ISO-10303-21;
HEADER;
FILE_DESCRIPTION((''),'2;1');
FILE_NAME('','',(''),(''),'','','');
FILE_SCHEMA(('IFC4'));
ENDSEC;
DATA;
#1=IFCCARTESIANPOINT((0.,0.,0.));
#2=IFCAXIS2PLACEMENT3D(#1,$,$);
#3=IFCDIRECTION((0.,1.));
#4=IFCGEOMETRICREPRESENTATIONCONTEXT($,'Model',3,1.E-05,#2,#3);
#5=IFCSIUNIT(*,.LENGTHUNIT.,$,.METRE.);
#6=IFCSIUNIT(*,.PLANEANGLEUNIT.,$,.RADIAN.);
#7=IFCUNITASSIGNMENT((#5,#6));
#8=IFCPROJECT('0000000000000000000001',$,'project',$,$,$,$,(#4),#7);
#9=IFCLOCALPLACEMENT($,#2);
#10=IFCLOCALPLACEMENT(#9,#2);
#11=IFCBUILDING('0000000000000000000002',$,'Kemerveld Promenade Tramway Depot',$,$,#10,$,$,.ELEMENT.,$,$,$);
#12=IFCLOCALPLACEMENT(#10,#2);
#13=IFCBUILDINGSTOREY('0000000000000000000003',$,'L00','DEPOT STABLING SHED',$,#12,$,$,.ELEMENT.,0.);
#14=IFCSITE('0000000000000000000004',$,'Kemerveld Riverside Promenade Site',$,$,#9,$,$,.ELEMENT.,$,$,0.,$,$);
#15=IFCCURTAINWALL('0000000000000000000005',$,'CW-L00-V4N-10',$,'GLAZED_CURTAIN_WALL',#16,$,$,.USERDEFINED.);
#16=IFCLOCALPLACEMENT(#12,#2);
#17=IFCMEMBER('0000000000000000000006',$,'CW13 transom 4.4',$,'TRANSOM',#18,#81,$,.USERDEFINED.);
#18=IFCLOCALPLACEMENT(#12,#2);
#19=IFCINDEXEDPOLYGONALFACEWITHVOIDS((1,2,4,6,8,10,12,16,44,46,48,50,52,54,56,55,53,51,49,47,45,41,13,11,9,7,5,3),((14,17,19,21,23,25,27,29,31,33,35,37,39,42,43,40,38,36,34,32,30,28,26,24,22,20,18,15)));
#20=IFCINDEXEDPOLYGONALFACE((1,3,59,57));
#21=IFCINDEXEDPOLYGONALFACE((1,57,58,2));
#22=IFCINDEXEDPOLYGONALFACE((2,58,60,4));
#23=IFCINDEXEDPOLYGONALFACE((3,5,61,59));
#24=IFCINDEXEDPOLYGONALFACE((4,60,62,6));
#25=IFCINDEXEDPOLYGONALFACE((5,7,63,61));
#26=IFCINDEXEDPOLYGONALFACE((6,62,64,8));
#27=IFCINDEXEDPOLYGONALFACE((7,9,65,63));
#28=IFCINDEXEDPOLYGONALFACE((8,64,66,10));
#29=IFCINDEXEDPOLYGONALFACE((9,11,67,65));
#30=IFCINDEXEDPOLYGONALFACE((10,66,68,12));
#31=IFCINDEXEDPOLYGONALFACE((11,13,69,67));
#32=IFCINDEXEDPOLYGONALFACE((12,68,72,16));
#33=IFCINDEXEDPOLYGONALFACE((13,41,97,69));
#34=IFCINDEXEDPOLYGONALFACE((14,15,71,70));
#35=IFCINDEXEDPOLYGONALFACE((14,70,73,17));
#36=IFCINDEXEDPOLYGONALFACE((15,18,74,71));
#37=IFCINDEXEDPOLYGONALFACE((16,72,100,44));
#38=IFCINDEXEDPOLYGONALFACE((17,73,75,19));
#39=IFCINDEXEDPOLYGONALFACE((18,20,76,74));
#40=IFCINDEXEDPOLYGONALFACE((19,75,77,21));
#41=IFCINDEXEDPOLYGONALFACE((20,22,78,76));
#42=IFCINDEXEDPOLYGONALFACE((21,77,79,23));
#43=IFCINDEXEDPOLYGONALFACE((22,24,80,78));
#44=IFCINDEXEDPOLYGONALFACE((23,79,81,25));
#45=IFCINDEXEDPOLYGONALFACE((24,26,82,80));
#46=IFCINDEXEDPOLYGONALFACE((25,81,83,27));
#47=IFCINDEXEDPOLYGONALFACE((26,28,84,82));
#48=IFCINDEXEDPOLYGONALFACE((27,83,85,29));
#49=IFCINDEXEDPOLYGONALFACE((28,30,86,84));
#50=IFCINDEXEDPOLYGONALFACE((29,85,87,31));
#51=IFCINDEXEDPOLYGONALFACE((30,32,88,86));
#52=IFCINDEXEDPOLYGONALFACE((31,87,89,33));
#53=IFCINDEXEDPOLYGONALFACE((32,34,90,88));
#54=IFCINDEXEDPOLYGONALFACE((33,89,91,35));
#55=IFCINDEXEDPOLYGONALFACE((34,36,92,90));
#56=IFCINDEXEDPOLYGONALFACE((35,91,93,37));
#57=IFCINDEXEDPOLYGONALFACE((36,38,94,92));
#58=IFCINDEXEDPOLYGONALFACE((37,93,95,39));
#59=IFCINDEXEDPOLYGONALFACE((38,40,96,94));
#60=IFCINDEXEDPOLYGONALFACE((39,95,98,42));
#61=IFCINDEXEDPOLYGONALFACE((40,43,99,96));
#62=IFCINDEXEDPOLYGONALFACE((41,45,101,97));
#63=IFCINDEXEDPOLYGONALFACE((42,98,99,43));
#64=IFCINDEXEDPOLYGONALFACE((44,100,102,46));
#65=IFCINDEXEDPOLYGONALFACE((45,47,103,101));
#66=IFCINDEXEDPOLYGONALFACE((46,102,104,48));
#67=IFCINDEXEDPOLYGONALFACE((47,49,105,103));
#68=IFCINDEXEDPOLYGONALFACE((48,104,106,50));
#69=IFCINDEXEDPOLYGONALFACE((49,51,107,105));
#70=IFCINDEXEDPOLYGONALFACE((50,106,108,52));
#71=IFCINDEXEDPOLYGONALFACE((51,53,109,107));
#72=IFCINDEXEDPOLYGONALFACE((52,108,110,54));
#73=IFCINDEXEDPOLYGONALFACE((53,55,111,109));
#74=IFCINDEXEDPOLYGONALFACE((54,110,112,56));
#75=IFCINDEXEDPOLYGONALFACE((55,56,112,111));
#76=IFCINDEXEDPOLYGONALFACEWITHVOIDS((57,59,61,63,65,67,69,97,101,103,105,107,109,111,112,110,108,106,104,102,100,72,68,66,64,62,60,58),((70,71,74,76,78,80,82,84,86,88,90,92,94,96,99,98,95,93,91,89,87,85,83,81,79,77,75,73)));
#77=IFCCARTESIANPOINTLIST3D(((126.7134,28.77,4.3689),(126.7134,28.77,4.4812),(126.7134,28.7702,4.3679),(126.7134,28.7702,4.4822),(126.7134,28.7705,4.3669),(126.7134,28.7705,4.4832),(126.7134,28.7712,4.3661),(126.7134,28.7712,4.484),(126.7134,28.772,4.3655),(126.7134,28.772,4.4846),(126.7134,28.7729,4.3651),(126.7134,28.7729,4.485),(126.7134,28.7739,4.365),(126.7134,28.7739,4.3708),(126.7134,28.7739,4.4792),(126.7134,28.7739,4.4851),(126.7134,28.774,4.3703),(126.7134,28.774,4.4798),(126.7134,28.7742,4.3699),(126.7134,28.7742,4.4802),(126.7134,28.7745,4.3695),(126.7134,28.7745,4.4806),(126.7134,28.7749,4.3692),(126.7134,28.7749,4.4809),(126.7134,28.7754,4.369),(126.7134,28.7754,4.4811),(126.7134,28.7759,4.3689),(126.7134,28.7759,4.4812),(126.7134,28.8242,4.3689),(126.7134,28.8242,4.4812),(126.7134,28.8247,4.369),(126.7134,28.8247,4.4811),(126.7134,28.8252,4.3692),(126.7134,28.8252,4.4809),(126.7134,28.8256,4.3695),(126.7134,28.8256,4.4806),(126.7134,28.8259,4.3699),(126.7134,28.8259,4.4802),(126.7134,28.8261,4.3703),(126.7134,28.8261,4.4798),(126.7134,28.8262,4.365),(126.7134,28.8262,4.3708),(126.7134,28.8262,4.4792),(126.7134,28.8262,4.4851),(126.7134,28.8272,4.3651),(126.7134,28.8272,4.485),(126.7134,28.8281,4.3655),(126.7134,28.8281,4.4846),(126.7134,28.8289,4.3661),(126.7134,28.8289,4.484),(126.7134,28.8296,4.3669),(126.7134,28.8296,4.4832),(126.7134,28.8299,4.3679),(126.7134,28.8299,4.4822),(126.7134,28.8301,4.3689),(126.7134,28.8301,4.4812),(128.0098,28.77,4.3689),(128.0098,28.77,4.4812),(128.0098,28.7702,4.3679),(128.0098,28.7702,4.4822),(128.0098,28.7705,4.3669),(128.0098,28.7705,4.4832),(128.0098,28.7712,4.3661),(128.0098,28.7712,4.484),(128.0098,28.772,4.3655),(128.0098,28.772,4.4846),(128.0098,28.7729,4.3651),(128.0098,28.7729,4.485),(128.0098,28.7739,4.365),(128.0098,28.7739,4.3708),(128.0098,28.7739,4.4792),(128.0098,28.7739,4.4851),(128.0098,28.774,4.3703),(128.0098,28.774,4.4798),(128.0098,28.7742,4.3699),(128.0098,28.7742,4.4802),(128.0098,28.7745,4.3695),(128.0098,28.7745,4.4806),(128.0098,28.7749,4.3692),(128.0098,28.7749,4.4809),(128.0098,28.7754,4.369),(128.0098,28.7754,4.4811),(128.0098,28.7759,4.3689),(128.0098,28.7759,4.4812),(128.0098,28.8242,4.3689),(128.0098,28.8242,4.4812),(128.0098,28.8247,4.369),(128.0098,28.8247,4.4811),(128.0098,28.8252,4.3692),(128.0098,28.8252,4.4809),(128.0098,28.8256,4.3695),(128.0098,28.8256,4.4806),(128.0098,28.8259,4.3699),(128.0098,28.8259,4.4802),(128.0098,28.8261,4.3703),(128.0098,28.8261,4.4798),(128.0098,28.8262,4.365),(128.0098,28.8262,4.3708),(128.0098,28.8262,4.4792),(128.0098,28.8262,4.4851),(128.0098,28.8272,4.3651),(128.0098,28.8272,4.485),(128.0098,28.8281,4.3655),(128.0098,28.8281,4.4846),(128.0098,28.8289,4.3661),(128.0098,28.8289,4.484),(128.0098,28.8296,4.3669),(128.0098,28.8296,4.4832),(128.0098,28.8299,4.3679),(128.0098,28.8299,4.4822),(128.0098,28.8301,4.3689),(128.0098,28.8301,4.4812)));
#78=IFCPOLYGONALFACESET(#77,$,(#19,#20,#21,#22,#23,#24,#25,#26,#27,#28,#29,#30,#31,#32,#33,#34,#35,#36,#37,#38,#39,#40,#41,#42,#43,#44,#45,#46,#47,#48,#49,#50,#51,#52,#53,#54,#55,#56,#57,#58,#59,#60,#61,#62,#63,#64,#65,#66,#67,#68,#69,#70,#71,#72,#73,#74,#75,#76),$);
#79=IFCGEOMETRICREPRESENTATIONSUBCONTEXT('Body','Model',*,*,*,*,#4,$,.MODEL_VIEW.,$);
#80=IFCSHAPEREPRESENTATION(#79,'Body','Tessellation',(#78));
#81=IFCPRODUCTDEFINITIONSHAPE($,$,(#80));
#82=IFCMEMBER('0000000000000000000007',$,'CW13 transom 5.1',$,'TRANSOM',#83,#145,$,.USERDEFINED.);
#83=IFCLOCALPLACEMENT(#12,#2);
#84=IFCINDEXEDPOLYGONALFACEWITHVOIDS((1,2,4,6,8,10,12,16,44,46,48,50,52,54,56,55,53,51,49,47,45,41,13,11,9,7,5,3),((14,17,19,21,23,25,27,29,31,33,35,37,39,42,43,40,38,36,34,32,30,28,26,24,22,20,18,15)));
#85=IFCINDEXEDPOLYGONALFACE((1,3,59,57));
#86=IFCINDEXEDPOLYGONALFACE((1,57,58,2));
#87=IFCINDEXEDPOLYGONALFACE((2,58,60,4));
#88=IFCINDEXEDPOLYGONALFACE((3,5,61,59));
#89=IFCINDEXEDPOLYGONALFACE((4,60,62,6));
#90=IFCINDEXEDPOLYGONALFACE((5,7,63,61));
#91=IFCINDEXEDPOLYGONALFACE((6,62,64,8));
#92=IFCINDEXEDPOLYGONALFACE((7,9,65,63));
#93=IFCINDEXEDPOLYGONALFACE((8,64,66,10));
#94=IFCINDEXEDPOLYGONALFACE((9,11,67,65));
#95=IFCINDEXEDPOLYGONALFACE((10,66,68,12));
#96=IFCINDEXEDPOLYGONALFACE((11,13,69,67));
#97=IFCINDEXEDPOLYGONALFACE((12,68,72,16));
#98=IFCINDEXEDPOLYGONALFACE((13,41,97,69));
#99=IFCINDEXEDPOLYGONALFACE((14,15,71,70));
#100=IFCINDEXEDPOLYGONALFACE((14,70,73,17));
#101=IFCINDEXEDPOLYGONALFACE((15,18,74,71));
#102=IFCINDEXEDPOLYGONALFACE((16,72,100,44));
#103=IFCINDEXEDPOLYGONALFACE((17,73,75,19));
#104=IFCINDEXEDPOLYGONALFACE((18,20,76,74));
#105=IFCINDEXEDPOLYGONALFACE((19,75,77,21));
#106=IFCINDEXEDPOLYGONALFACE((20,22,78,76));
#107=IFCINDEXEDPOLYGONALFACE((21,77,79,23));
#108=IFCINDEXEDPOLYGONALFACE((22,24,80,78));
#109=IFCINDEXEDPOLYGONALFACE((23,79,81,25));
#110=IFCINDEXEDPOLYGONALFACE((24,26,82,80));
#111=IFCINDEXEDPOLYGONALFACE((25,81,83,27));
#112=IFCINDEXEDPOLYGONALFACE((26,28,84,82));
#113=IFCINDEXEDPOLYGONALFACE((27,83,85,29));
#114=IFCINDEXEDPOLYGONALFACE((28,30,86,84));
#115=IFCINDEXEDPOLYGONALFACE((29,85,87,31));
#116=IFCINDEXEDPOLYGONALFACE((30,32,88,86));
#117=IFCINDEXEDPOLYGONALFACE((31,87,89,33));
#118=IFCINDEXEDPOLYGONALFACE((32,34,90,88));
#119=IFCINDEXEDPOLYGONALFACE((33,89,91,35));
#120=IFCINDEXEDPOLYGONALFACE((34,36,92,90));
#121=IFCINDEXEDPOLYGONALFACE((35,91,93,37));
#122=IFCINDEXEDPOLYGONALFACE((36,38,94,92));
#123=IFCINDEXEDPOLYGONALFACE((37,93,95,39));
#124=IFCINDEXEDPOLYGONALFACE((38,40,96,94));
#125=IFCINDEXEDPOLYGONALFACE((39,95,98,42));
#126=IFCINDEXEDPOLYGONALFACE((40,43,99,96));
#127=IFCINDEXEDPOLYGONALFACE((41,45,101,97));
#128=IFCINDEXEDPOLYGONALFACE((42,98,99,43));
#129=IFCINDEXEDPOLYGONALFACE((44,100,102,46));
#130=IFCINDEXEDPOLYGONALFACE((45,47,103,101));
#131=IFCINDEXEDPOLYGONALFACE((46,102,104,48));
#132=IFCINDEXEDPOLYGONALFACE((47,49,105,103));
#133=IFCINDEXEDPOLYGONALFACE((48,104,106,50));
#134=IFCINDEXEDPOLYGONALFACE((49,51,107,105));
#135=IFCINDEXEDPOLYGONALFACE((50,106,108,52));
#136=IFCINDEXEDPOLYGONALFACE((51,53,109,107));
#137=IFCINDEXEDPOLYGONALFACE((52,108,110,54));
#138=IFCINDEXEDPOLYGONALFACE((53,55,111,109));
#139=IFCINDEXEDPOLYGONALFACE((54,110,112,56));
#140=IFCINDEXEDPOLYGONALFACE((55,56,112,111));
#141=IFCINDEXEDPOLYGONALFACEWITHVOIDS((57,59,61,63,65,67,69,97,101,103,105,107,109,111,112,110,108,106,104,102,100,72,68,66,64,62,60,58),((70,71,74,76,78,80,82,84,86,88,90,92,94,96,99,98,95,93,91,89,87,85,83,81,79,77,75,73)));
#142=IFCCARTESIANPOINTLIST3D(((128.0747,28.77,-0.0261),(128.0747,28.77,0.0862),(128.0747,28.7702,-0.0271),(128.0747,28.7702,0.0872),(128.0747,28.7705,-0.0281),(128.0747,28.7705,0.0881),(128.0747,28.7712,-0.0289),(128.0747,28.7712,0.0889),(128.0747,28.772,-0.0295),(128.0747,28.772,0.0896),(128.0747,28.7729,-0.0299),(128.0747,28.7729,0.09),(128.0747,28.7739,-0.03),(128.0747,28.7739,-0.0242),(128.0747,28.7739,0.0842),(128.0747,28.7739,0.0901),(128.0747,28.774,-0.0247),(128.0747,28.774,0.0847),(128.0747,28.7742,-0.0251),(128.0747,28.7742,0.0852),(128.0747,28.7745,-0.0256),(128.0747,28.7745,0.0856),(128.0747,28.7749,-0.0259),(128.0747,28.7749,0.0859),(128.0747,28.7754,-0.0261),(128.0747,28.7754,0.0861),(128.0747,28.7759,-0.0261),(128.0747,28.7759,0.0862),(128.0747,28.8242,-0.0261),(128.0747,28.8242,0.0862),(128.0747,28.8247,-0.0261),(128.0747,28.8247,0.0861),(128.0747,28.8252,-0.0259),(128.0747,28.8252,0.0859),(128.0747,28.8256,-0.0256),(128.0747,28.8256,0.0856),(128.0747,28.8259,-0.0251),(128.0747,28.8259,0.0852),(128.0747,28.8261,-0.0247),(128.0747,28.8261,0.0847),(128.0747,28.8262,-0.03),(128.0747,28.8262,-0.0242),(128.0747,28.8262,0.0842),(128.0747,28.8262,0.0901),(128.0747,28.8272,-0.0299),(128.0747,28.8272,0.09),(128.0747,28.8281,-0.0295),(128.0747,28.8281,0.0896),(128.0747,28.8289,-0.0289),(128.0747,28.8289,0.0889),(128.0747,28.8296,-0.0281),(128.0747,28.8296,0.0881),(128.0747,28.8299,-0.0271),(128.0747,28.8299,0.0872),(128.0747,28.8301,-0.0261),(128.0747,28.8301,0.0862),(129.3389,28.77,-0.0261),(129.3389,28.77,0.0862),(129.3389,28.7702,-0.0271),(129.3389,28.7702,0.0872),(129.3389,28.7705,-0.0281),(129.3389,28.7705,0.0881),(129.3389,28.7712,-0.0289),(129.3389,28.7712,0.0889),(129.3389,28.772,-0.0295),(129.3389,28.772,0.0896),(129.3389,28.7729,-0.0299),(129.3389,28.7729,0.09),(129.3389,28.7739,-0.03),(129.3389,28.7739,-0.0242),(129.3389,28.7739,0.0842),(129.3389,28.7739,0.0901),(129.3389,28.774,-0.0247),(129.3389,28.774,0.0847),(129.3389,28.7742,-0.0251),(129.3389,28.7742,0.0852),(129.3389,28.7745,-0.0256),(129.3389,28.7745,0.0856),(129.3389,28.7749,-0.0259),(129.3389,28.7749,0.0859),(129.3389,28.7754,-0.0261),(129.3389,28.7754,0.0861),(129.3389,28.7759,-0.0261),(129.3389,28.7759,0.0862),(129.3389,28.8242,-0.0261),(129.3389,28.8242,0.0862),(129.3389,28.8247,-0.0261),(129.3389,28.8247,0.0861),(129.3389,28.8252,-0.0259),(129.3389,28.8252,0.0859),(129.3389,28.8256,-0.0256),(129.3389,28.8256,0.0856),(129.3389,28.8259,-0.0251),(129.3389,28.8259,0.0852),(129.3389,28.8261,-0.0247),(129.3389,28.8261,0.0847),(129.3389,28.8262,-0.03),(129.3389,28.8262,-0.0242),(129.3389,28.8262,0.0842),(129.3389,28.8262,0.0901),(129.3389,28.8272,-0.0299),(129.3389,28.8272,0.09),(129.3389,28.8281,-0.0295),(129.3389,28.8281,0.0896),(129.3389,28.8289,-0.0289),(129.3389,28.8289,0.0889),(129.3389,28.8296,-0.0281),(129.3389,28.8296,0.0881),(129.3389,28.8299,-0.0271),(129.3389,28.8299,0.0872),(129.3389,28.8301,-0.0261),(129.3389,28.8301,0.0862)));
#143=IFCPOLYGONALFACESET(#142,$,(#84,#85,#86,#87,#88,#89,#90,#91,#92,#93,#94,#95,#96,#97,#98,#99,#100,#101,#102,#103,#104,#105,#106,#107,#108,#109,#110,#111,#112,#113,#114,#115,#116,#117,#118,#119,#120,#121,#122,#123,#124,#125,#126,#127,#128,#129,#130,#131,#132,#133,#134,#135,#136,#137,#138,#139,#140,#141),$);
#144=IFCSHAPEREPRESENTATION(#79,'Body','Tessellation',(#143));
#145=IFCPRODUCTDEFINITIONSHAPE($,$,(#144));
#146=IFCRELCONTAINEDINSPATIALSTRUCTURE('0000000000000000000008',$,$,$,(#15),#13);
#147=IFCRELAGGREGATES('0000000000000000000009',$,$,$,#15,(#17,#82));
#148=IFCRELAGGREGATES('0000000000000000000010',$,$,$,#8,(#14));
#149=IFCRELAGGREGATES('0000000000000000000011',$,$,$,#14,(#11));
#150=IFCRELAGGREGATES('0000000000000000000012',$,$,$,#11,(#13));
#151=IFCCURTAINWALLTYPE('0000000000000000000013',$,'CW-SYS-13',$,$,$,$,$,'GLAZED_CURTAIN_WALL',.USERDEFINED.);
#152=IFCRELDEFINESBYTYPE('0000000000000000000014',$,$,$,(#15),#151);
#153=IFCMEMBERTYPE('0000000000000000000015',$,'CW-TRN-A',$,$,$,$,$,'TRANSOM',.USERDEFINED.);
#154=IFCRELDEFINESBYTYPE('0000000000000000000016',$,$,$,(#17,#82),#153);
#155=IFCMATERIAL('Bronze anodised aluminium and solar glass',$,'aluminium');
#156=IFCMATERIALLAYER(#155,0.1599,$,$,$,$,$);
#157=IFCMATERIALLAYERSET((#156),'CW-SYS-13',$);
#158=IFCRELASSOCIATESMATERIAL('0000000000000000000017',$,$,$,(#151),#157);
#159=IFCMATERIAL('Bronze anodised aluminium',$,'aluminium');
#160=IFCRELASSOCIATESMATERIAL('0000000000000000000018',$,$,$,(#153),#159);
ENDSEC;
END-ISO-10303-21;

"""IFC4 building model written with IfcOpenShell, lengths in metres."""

from ifc_helpers import new_model, si_unit, direction, frame, origin, origin_2d, place, context, subcontext, project, spatial, hollow_rectangle, extrude, material, layer, layer_set, material_profile, profile_set, type_object, element, aggregate, save


model = new_model("IFC4")

# Units and contexts
model_context = context("Model", 3, precision=1e-05, world=origin(), true_north=direction((0.0, 1.0)))
body_context = subcontext(model_context, "Body", "Model", "MODEL_VIEW")
ifc_project = project(units=[si_unit("LENGTHUNIT", "METRE"), si_unit("PLANEANGLEUNIT", "RADIAN")], contexts=[model_context])

# Site, building, storey
site_placement = place(None, origin())
site = spatial("IfcSite", under=ifc_project, at=site_placement, Name="Kemerveld Riverside Promenade Site", CompositionType="ELEMENT", RefElevation=0.0)
building_placement = place(site_placement, origin())
building = spatial("IfcBuilding", under=site, at=building_placement, Name="Kemerveld Promenade Tramway Depot", CompositionType="ELEMENT")
storey_placement = place(building_placement, origin())
storey = spatial("IfcBuildingStorey", under=building, at=storey_placement, Name="L00", Description="DEPOT STABLING SHED", CompositionType="ELEMENT", Elevation=0.0)

# Curtain wall, members
ifc_material_1 = material(Name="Bronze anodised aluminium and solar glass", Category="aluminium")
ifc_layer_1 = layer(ifc_material_1, 0.1599)
ifc_layer_set_1 = layer_set([ifc_layer_1], Name="CW-SYS-13")
curtain_wall_type = type_object("IfcCurtainWallType", Name="CW-SYS-13", ElementType="GLAZED_CURTAIN_WALL", PredefinedType="USERDEFINED", material=ifc_layer_set_1)
curtain_wall_placement = place(storey_placement, origin())
curtain_wall = element("IfcCurtainWall", 1, at=curtain_wall_placement, inside=storey, type_object=curtain_wall_type, Name="CW-L00-V4N-10", ObjectType="GLAZED_CURTAIN_WALL", PredefinedType="USERDEFINED")
ifc_material_2 = material(Name="Bronze anodised aluminium", Category="aluminium")
ifc_material_profile_1 = material_profile(ifc_material_2, hollow_rectangle(XDim=0.0601, YDim=0.1201, WallThickness=0.0039, InnerFilletRadius=0.002, OuterFilletRadius=0.0039, at=origin_2d()), Name="CW-TRN-120x60")
ifc_profile_set_1 = profile_set([ifc_material_profile_1], Name="Bronze anodised aluminium")
member_type_1 = type_object("IfcMemberType", Name="CW-TRN-A", ElementType="TRANSOM", PredefinedType="USERDEFINED", material=ifc_profile_set_1)
member_1_placement = place(storey_placement, frame((126.7134, 28.8, 4.425), z_axis=(1.0, 0.0, 0.0), x_axis=(0.0, 1.0, 0.0)))
member_1 = element("IfcMember", 2, at=member_1_placement, type_object=member_type_1, Name="CW13 transom 4.4", ObjectType="TRANSOM", PredefinedType="USERDEFINED", context=body_context, shape_type="SweptSolid", body=[
    extrude(hollow_rectangle(XDim=0.0601, YDim=0.1201, WallThickness=0.0039, InnerFilletRadius=0.002, OuterFilletRadius=0.0039, at=origin_2d()), origin(), (0.0, 0.0, 1.0), 1.2964),
])
member_2_placement = place(storey_placement, frame((128.0747, 28.8, 0.03), z_axis=(1.0, 0.0, 0.0), x_axis=(0.0, 1.0, 0.0)))
member_2 = element("IfcMember", 3, at=member_2_placement, type_object=member_type_1, Name="CW13 transom 5.1", ObjectType="TRANSOM", PredefinedType="USERDEFINED", context=body_context, shape_type="SweptSolid", body=[
    extrude(hollow_rectangle(XDim=0.0601, YDim=0.1201, WallThickness=0.0039, InnerFilletRadius=0.002, OuterFilletRadius=0.0039, at=origin_2d()), origin(), (0.0, 0.0, 1.0), 1.2642),
])
aggregate(curtain_wall, [member_1, member_2])

save(model, "model.ifc")
